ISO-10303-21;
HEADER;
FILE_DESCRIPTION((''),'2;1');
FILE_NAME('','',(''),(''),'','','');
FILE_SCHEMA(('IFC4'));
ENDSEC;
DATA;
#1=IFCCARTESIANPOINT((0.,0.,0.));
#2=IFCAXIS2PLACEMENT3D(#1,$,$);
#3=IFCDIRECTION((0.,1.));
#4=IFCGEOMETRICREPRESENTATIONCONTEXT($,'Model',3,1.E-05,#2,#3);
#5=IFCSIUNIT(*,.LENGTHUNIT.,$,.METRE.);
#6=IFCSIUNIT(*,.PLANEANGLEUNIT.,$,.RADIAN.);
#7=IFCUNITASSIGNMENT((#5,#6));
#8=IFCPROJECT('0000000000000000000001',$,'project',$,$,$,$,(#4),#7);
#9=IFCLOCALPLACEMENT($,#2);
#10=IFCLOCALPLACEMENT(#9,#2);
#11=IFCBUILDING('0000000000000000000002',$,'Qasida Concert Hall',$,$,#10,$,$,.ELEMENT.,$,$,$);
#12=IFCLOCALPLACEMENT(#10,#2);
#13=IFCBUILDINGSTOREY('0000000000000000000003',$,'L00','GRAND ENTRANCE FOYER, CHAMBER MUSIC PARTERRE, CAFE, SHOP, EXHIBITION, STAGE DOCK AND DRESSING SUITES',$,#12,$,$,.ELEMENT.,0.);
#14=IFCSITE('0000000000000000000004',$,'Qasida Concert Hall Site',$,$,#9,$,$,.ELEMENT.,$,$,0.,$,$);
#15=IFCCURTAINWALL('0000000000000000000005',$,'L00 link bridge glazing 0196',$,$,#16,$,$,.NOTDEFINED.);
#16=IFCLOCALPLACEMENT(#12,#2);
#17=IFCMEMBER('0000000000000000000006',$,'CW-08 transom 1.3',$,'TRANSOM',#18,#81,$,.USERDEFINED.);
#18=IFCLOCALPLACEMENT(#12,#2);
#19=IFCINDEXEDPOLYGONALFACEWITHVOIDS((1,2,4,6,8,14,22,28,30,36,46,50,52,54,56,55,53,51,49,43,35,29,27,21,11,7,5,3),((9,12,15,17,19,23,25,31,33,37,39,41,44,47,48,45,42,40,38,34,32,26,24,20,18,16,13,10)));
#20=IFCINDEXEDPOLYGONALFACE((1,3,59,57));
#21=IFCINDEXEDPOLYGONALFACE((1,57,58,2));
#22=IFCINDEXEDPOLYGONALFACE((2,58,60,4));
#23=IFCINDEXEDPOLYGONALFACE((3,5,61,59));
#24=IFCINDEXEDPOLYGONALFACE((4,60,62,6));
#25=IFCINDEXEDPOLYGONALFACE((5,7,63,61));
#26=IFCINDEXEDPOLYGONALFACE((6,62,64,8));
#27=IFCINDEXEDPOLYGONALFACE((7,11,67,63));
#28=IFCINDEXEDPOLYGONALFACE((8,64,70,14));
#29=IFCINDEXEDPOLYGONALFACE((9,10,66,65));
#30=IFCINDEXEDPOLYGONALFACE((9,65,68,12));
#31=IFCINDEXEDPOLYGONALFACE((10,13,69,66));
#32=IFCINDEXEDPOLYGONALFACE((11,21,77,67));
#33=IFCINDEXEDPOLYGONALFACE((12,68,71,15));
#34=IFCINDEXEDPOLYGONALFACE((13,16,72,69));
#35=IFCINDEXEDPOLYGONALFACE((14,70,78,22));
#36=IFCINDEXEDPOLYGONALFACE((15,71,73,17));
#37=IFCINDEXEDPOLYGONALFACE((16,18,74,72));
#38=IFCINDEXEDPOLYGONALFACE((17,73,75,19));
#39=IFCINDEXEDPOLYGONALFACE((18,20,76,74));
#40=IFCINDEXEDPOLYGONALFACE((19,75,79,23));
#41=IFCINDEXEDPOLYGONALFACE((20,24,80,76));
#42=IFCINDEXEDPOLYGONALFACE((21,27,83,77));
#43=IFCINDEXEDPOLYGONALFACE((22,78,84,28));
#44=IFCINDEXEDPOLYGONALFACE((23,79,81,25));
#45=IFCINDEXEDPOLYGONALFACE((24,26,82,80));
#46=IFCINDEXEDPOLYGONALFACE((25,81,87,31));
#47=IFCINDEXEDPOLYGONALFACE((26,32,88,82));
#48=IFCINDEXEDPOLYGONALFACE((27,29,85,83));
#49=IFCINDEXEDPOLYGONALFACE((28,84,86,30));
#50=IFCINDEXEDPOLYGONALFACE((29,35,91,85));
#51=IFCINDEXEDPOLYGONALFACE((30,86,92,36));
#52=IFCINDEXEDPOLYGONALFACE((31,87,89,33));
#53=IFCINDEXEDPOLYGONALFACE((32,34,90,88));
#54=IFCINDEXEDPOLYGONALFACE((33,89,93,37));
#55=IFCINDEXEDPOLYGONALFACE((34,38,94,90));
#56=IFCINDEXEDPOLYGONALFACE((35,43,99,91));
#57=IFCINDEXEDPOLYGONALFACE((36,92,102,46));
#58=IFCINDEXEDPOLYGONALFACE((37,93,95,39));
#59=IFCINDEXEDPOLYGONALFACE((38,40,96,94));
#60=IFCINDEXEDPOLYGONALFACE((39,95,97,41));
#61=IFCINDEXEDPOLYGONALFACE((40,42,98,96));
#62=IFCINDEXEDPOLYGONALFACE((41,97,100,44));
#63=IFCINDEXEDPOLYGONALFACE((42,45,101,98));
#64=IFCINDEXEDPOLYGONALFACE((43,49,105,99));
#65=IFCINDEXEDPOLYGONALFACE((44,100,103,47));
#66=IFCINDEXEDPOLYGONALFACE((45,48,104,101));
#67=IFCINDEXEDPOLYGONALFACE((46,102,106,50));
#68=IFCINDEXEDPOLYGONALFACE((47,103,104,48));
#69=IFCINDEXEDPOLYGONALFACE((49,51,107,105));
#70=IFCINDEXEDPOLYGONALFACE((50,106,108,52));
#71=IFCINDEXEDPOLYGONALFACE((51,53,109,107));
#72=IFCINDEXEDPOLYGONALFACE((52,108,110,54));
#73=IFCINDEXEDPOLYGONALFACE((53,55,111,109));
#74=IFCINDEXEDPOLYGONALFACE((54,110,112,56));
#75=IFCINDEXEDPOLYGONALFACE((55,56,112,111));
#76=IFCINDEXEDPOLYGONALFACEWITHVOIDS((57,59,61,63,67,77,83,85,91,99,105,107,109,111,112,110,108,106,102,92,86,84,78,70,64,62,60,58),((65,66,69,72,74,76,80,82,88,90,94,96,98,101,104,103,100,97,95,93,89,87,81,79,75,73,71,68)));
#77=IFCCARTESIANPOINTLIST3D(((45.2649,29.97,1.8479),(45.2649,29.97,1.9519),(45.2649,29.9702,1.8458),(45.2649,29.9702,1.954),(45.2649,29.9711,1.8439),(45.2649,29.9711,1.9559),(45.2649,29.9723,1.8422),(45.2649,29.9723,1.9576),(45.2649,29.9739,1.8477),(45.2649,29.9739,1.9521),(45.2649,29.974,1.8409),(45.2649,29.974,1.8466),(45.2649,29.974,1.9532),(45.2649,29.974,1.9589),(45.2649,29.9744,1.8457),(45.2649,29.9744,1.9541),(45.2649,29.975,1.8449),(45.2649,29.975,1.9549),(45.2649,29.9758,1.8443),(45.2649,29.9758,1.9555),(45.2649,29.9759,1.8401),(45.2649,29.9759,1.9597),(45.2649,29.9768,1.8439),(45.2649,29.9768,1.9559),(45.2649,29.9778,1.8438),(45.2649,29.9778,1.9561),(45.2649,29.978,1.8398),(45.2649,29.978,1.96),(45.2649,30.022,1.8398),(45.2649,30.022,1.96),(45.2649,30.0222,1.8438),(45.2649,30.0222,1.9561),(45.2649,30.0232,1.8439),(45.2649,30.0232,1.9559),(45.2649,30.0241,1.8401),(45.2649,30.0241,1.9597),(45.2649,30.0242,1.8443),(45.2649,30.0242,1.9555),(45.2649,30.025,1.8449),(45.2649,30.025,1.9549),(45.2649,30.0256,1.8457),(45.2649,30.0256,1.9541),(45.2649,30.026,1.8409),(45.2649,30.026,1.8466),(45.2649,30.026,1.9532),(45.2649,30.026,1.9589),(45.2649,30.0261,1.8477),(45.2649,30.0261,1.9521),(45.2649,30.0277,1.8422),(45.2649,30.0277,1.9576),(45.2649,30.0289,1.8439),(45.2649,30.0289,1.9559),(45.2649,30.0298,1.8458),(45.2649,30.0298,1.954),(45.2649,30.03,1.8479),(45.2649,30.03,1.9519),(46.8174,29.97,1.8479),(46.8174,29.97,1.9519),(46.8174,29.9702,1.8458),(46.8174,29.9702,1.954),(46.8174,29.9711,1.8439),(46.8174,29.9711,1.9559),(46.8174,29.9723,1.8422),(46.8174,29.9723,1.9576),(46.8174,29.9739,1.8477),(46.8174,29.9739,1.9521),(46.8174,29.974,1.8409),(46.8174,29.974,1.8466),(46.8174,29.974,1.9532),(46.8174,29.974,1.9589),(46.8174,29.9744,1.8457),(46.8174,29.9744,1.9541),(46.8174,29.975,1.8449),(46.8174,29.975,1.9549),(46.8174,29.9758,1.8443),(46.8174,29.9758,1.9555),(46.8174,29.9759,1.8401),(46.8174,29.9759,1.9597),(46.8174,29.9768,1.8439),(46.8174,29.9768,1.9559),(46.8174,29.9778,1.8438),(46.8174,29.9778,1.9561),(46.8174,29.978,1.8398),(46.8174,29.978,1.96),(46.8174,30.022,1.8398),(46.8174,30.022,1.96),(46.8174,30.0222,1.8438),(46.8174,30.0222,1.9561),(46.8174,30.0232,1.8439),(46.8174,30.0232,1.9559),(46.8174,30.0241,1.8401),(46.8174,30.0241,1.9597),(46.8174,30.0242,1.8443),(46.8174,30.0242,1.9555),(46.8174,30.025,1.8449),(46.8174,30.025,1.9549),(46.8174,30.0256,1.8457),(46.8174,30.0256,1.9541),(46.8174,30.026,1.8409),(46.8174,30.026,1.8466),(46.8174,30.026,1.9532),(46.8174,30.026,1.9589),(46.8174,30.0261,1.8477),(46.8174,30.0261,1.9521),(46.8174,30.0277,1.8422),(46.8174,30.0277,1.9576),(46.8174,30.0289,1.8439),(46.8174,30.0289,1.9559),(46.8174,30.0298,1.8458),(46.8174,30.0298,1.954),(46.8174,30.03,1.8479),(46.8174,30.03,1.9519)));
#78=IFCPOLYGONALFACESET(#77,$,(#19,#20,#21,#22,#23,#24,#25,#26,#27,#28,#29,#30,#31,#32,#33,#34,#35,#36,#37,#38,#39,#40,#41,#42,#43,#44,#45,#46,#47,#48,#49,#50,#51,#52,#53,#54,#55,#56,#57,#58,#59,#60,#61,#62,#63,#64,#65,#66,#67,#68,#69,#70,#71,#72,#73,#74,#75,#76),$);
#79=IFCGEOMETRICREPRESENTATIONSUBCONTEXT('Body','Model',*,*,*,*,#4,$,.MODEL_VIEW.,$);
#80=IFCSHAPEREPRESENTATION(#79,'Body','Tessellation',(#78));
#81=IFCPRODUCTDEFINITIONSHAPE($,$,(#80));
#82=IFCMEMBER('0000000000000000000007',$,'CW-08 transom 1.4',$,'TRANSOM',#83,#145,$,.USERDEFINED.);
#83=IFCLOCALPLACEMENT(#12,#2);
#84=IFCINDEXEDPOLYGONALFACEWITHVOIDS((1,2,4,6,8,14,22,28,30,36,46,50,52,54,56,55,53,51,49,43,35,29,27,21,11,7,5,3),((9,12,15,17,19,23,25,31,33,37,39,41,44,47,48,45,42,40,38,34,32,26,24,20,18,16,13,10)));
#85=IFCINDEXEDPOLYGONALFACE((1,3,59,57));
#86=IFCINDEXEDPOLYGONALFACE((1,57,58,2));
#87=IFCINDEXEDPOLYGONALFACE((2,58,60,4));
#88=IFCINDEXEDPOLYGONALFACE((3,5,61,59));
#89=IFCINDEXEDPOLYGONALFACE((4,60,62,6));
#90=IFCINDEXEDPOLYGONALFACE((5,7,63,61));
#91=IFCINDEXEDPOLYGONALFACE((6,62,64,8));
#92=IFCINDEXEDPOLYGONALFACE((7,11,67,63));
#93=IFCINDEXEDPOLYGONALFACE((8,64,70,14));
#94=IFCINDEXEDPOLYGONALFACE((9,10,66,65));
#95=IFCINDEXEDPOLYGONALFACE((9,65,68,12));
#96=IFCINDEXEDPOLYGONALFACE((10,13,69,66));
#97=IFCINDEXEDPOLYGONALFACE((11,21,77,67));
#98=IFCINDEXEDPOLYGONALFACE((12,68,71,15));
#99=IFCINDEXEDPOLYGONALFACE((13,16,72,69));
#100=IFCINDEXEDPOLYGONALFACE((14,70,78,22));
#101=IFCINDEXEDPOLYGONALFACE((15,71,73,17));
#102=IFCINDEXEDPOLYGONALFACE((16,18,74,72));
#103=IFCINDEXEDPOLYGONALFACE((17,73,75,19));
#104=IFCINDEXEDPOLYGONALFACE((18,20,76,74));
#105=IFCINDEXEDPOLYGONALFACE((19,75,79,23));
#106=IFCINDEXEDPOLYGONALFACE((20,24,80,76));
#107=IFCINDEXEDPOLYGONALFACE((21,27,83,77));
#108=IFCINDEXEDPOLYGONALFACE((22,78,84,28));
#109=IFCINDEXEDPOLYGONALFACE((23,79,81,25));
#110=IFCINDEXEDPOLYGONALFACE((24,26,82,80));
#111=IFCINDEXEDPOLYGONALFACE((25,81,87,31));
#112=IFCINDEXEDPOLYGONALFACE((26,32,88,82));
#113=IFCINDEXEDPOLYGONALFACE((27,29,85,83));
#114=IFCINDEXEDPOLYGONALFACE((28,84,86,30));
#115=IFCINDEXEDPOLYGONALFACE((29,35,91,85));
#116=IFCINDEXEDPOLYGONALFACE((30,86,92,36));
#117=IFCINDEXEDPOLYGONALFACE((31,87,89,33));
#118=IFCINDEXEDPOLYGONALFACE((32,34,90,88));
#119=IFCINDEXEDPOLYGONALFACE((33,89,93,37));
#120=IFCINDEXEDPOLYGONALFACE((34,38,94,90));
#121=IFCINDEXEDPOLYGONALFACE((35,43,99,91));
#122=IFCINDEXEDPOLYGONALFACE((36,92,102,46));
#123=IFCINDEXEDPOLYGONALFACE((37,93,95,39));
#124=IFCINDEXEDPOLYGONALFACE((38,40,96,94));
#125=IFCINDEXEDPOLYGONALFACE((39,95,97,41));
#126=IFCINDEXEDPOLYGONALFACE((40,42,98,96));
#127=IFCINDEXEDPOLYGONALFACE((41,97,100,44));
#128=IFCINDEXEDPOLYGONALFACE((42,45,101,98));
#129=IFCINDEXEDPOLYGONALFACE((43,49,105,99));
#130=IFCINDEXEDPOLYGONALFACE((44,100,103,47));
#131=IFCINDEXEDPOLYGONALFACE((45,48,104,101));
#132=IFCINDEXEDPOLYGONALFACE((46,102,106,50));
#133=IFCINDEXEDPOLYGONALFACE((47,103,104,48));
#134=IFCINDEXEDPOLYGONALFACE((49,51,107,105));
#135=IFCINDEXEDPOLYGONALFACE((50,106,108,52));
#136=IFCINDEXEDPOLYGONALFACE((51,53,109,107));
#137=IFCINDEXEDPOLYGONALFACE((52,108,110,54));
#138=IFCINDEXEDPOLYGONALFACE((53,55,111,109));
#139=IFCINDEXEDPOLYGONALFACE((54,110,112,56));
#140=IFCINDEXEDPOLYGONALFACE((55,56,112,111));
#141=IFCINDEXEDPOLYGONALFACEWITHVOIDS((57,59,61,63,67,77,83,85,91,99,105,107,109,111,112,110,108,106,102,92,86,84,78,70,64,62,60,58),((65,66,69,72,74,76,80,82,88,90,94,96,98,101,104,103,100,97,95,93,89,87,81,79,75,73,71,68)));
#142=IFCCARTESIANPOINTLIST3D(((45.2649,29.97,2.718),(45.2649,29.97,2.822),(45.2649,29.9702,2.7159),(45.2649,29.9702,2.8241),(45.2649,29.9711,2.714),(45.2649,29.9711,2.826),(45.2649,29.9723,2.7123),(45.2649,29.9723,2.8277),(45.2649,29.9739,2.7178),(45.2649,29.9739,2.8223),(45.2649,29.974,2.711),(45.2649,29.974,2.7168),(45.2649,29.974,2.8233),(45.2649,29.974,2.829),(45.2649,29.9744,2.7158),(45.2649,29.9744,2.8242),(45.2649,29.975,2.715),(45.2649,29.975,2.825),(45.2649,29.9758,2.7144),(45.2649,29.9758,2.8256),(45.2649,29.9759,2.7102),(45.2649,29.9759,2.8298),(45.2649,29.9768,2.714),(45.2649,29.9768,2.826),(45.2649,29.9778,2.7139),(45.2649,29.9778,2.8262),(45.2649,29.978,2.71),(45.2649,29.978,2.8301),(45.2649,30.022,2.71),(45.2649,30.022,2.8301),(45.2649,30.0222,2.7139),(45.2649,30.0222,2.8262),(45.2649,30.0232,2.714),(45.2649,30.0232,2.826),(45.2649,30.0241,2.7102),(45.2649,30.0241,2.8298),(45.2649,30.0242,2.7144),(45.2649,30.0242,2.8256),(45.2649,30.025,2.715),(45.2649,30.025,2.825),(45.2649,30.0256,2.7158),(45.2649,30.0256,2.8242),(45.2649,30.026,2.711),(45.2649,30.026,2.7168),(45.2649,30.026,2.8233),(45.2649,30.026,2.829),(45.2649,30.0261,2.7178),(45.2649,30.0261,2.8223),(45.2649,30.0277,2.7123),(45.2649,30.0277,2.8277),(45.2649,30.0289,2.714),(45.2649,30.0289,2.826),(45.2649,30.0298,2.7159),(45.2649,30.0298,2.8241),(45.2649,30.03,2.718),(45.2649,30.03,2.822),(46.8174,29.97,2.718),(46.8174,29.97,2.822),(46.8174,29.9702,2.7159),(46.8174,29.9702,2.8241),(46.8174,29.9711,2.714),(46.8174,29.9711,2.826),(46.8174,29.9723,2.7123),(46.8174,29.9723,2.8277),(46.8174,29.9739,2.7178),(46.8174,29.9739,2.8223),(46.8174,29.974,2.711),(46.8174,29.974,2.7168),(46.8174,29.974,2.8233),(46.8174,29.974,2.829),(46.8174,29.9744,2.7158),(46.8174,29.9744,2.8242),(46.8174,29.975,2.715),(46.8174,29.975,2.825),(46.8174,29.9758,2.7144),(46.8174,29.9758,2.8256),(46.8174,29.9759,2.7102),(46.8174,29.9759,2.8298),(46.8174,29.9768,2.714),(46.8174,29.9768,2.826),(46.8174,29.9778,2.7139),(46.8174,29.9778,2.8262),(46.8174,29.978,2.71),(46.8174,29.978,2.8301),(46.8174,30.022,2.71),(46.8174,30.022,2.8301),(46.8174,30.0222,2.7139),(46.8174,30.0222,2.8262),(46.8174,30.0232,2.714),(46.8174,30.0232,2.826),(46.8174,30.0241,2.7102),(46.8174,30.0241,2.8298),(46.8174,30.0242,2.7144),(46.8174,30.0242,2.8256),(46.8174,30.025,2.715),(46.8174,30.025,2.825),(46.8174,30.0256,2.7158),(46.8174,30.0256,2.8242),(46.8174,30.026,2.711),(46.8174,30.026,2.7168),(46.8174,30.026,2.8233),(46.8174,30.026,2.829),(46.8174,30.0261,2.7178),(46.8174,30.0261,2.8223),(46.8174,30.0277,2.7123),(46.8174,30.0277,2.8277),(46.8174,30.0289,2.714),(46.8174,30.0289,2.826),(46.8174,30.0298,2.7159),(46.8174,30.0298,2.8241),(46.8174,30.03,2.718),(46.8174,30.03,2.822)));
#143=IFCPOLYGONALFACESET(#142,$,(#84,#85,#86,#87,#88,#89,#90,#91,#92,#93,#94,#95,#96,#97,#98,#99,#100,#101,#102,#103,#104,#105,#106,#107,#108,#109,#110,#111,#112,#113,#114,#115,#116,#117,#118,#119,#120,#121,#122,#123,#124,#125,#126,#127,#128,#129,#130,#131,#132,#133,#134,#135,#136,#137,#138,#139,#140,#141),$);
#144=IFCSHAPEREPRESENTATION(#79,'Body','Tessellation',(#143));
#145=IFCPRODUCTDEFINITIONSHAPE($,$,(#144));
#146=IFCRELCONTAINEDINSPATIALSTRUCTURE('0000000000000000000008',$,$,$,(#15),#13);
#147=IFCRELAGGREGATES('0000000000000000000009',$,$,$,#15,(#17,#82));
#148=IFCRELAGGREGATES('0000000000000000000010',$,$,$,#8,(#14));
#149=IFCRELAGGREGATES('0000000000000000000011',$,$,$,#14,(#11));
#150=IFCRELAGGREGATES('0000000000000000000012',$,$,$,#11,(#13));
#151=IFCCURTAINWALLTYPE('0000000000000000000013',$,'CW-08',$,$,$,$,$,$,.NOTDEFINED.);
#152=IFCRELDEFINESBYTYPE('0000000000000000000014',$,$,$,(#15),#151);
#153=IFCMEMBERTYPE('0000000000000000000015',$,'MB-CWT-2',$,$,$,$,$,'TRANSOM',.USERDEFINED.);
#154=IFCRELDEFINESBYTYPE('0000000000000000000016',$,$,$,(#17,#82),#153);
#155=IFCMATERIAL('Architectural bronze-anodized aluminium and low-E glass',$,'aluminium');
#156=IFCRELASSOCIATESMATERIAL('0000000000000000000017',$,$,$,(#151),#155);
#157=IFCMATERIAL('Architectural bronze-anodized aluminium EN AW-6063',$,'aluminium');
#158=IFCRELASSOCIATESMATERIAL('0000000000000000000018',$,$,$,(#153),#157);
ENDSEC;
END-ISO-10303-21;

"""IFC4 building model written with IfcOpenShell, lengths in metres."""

from ifc_helpers import new_model, si_unit, direction, frame, origin, origin_2d, place, context, subcontext, project, spatial, hollow_rectangle, extrude, material, material_profile, profile_set, type_object, element, aggregate, save


model = new_model("IFC4")

# Units and contexts
model_context = context("Model", 3, precision=1e-05, world=origin(), true_north=direction((0.0, 1.0)))
body_context = subcontext(model_context, "Body", "Model", "MODEL_VIEW")
ifc_project = project(units=[si_unit("LENGTHUNIT", "METRE"), si_unit("PLANEANGLEUNIT", "RADIAN")], contexts=[model_context])

# Site, building, storey
site_placement = place(None, origin())
site = spatial("IfcSite", under=ifc_project, at=site_placement, Name="Qasida Concert Hall Site", CompositionType="ELEMENT", RefElevation=0.0)
building_placement = place(site_placement, origin())
building = spatial("IfcBuilding", under=site, at=building_placement, Name="Qasida Concert Hall", CompositionType="ELEMENT")
storey_placement = place(building_placement, origin())
storey = spatial("IfcBuildingStorey", under=building, at=storey_placement, Name="L00", Description="GRAND ENTRANCE FOYER, CHAMBER MUSIC PARTERRE, CAFE, SHOP, EXHIBITION, STAGE DOCK AND DRESSING SUITES", CompositionType="ELEMENT", Elevation=0.0)

# Curtain wall
ifc_material_1 = material(Name="Architectural bronze-anodized aluminium and low-E glass", Category="aluminium")
curtain_wall_type = type_object("IfcCurtainWallType", Name="CW-08", PredefinedType="NOTDEFINED", material=ifc_material_1)
ifc_material_2 = material(Name="Architectural bronze-anodized aluminium EN AW-6063", Category="aluminium")
curtain_wall_1_placement = place(storey_placement, origin())
curtain_wall_1 = element("IfcCurtainWall", 1, at=curtain_wall_1_placement, inside=storey, type_object=curtain_wall_type, Name="L00 link bridge glazing 0196", PredefinedType="NOTDEFINED")

# Members
ifc_material_profile_1 = material_profile(ifc_material_2, hollow_rectangle(XDim=0.0601, YDim=0.1201, WallThickness=0.0039, InnerFilletRadius=0.0039, OuterFilletRadius=0.0081, at=origin_2d()), Name="CWT 120x60x4")
ifc_profile_set_1 = profile_set([ifc_material_profile_1], Name="Architectural bronze-anodized aluminium EN AW-6063")
member_type_1 = type_object("IfcMemberType", Name="MB-CWT-2", ElementType="TRANSOM", PredefinedType="USERDEFINED", material=ifc_profile_set_1)
member_1_placement = place(storey_placement, frame((45.2649, 30.0, 1.8999), z_axis=(1.0, 0.0, 0.0), x_axis=(0.0, 1.0, 0.0)))
member_1 = element("IfcMember", 2, at=member_1_placement, type_object=member_type_1, Name="CW-08 transom 1.3", ObjectType="TRANSOM", PredefinedType="USERDEFINED", context=body_context, shape_type="SweptSolid", body=[
    extrude(hollow_rectangle(XDim=0.0601, YDim=0.1201, WallThickness=0.0039, InnerFilletRadius=0.0039, OuterFilletRadius=0.0081, at=origin_2d()), origin(), (0.0, 0.0, 1.0), 1.5525),
])
member_2_placement = place(storey_placement, frame((45.2649, 30.0, 2.77), z_axis=(1.0, 0.0, 0.0), x_axis=(0.0, 1.0, 0.0)))
member_2 = element("IfcMember", 3, at=member_2_placement, type_object=member_type_1, Name="CW-08 transom 1.4", ObjectType="TRANSOM", PredefinedType="USERDEFINED", context=body_context, shape_type="SweptSolid", body=[
    extrude(hollow_rectangle(XDim=0.0601, YDim=0.1201, WallThickness=0.0039, InnerFilletRadius=0.0039, OuterFilletRadius=0.0081, at=origin_2d()), origin(), (0.0, 0.0, 1.0), 1.5525),
])

aggregate(curtain_wall_1, [member_1, member_2])

save(model, "model.ifc")
